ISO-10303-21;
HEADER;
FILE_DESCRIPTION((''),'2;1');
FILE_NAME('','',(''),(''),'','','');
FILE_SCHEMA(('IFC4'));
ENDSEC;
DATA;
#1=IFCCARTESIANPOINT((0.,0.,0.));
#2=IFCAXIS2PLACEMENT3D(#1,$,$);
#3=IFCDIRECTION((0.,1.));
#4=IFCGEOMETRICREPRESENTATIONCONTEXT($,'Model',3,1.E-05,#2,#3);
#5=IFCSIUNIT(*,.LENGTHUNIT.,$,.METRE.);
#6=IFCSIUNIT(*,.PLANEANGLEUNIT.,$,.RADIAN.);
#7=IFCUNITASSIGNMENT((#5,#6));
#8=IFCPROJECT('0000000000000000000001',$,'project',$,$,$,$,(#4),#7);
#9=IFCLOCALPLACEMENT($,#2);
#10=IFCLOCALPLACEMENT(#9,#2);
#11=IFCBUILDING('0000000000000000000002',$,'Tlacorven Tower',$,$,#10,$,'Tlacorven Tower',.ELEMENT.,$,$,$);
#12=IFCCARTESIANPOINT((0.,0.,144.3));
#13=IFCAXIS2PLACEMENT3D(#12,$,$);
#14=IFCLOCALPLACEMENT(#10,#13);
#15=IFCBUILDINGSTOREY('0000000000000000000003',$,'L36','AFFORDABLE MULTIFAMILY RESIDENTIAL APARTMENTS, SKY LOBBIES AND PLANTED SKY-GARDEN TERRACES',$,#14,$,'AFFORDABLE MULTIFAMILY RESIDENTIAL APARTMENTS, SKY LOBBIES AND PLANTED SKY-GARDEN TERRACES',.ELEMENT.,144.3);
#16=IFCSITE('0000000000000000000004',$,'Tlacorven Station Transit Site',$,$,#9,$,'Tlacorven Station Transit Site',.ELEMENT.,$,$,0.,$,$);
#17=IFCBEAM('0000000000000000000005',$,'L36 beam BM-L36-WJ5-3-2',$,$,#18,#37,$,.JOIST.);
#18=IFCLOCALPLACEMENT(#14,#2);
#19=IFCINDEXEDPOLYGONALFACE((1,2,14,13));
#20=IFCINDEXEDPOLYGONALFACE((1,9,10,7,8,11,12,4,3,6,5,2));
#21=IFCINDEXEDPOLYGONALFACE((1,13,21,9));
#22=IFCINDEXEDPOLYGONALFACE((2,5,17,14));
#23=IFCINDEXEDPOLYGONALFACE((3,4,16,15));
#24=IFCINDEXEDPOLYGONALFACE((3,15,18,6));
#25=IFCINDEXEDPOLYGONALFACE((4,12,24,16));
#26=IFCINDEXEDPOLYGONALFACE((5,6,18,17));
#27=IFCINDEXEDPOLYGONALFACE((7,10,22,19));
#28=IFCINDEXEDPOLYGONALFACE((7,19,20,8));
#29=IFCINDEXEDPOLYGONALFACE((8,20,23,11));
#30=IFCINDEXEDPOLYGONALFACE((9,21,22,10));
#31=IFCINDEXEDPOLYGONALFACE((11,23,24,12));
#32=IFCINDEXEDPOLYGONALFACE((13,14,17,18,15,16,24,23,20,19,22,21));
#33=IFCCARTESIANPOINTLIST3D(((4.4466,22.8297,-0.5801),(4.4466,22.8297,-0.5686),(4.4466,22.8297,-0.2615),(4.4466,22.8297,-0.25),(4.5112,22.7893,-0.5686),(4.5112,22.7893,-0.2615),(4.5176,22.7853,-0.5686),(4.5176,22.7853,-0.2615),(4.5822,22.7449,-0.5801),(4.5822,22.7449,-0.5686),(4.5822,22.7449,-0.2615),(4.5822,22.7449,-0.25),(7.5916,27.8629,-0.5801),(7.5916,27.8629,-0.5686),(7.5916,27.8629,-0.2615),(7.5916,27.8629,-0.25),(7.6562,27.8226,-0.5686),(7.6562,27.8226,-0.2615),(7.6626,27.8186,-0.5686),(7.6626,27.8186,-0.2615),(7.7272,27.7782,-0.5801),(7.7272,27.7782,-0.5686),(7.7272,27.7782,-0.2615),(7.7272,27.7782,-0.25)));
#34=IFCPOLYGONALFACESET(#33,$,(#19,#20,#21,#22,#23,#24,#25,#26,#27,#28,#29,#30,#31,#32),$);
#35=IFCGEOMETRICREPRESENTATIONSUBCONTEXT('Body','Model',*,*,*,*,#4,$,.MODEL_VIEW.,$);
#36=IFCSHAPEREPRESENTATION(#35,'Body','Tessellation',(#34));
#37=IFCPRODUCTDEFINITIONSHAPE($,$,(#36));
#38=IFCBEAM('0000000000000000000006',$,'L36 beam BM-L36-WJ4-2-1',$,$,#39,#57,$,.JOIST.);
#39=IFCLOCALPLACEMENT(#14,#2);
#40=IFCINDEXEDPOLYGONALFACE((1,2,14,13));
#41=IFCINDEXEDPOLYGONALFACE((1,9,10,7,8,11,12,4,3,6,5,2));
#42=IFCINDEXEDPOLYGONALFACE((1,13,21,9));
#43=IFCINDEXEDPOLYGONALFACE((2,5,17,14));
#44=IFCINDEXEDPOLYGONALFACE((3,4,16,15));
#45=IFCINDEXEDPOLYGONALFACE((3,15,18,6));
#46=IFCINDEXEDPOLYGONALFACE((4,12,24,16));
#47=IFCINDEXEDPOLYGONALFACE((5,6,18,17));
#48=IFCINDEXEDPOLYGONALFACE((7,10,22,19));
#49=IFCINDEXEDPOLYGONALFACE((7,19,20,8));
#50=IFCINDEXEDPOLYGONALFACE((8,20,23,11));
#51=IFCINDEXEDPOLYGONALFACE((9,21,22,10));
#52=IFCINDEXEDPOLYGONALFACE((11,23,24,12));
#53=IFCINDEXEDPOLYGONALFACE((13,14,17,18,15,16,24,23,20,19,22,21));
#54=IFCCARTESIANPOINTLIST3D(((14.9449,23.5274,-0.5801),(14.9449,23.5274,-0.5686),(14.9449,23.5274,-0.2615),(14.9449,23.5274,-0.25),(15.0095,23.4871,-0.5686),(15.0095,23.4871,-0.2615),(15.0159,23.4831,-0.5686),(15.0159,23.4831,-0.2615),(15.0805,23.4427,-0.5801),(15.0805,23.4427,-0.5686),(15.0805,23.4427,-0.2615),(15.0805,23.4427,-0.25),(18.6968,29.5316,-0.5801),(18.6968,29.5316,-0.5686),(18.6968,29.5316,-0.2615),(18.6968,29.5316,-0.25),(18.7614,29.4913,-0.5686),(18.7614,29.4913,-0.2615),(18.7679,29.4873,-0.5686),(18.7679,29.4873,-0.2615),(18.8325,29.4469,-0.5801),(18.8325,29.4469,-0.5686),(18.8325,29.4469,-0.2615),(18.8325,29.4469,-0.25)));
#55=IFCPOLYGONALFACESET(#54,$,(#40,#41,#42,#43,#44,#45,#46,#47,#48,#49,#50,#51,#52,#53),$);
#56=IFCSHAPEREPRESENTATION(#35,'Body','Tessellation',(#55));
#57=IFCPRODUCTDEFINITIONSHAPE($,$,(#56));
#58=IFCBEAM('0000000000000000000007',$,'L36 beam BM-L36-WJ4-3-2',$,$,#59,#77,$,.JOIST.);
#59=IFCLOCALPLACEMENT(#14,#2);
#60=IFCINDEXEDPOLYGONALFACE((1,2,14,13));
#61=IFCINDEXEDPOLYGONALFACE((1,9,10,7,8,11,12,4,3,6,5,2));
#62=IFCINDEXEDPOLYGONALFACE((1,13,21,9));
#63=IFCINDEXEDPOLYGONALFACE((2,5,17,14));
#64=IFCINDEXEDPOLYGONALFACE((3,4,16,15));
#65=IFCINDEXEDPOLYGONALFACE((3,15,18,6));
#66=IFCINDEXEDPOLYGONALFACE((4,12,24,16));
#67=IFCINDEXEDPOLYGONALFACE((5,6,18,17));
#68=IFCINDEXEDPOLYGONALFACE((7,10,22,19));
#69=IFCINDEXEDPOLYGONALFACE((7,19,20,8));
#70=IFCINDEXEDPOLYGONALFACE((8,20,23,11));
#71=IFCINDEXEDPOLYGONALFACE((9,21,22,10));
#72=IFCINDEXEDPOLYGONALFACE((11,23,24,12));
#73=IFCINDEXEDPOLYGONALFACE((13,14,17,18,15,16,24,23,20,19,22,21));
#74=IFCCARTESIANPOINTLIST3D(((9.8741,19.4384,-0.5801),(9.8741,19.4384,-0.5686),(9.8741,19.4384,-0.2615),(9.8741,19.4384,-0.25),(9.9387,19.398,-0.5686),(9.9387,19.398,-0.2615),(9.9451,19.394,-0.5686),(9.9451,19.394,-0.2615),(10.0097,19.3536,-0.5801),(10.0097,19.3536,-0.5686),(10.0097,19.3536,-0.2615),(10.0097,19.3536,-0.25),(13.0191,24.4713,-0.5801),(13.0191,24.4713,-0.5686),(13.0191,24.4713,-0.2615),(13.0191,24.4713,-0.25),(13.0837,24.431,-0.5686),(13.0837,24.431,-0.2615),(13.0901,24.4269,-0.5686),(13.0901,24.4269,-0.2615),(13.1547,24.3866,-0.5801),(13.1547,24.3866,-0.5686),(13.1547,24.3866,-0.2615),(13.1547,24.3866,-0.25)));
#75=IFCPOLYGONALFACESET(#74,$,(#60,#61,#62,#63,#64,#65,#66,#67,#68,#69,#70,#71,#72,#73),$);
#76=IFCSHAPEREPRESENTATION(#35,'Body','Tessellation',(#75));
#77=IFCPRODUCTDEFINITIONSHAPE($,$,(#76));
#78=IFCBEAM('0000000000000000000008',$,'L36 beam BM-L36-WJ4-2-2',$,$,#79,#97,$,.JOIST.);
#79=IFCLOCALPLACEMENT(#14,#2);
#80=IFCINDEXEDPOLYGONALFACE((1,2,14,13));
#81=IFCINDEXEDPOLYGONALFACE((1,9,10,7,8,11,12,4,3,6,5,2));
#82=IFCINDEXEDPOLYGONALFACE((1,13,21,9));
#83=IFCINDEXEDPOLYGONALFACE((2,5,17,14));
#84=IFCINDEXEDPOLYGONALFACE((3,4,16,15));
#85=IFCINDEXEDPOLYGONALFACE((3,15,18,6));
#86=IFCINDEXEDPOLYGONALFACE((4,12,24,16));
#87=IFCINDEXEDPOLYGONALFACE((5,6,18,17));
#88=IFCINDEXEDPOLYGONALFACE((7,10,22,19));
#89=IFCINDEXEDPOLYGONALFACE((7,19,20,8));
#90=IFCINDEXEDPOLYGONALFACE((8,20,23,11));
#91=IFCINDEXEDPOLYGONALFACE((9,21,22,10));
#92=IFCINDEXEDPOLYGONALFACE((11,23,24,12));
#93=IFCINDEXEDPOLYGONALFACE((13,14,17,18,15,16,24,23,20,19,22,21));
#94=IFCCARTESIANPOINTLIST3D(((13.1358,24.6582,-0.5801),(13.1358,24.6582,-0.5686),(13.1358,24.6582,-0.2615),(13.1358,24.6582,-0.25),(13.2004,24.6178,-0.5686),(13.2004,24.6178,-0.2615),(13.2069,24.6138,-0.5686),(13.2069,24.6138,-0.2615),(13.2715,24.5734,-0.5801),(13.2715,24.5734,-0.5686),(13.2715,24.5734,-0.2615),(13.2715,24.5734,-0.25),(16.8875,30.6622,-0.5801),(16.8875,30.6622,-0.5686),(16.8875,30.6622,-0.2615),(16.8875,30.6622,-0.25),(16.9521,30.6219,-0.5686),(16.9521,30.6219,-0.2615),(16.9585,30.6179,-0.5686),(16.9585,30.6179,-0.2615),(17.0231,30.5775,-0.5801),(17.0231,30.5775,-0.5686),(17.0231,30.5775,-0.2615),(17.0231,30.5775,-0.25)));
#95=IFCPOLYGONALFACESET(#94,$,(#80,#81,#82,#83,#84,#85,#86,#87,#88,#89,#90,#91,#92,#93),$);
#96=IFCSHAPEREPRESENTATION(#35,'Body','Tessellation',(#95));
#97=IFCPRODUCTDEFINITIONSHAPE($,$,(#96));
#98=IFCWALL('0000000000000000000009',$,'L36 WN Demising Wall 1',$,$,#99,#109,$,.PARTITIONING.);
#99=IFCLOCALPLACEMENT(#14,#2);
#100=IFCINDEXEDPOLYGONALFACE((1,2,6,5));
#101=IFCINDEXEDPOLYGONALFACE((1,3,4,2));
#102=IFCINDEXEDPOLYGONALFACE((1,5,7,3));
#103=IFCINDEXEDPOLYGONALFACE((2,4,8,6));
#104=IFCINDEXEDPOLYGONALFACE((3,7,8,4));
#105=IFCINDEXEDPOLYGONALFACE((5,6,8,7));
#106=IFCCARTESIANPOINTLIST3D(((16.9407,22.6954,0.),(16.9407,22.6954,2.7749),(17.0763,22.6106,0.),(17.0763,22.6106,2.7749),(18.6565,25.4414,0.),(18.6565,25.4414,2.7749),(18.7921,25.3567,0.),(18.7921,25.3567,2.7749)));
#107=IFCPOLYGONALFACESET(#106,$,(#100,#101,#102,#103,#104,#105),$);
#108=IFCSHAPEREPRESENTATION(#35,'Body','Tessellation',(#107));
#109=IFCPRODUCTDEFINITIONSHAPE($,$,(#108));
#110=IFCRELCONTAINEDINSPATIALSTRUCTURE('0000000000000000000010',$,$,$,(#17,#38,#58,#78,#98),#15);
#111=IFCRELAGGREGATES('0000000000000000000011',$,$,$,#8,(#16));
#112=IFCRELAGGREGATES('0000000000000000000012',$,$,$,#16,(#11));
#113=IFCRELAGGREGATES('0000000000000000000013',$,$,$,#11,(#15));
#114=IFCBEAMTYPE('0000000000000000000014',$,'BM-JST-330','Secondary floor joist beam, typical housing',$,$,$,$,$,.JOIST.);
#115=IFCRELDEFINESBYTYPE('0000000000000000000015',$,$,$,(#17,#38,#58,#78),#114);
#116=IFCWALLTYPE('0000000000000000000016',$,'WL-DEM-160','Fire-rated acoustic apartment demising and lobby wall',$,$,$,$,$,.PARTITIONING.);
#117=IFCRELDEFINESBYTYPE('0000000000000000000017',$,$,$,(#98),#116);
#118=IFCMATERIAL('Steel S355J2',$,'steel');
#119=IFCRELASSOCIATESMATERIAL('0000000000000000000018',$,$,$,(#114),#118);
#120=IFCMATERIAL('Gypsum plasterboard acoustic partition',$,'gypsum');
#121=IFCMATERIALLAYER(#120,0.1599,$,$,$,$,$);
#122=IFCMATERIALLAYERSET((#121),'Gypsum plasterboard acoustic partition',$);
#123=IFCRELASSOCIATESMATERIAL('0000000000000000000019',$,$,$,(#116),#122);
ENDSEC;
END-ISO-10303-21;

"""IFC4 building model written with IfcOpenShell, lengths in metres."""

from ifc_helpers import new_model, si_unit, direction, frame, frame_2d, origin, origin_2d, place, context, subcontext, project, spatial, rectangle, i_section, extrude, source, transform, mapped, material, layer, layer_set, material_profile, profile_set, type_object, element, save


model = new_model("IFC4")

# Units and contexts
model_context = context("Model", 3, precision=1e-05, world=origin(), true_north=direction((0.0, 1.0)))
body_context = subcontext(model_context, "Body", "Model", "MODEL_VIEW")
ifc_project = project(units=[si_unit("LENGTHUNIT", "METRE"), si_unit("PLANEANGLEUNIT", "RADIAN")], contexts=[model_context])

# Site, building, storey
site_placement = place(None, origin())
site = spatial("IfcSite", under=ifc_project, at=site_placement, Name="Tlacorven Station Transit Site", LongName="Tlacorven Station Transit Site", CompositionType="ELEMENT", RefElevation=0.0)
building_placement = place(site_placement, origin())
building = spatial("IfcBuilding", under=site, at=building_placement, Name="Tlacorven Tower", LongName="Tlacorven Tower", CompositionType="ELEMENT")
storey_placement = place(building_placement, frame((0.0, 0.0, 144.3)))
storey = spatial("IfcBuildingStorey", under=building, at=storey_placement, Name="L36", Description="AFFORDABLE MULTIFAMILY RESIDENTIAL APARTMENTS, SKY LOBBIES AND PLANTED SKY-GARDEN TERRACES", LongName="AFFORDABLE MULTIFAMILY RESIDENTIAL APARTMENTS, SKY LOBBIES AND PLANTED SKY-GARDEN TERRACES", CompositionType="ELEMENT", Elevation=144.3)

# Beams
ifc_material_1 = material(Name="Steel S355J2", Category="steel")
ifc_material_profile_1 = material_profile(ifc_material_1, i_section(OverallWidth=0.1599, OverallDepth=0.3301, WebThickness=0.0076, FlangeThickness=0.0115, at=origin_2d()), Name="IPE 330")
ifc_profile_set_1 = profile_set([ifc_material_profile_1], Name="Steel S355J2")
beam_type_1 = type_object("IfcBeamType", Name="BM-JST-330", Description="Secondary floor joist beam, typical housing", PredefinedType="JOIST", material=ifc_profile_set_1)
shared_shape_1 = source(origin(), body_context, "Body", "SweptSolid", [
    extrude(i_section(OverallWidth=0.1599, OverallDepth=0.3301, WebThickness=0.0076, FlangeThickness=0.0115, at=origin_2d()), origin(), (0.0, 0.0, 1.0), 5.9351),
])
for number, where, z_axis, x_axis, name in (
    (1, (7.6594, 27.8206, -0.415), (-0.52991, -0.848054, 0.0), (0.848054, -0.52991, 0.0), "L36 beam BM-L36-WJ5-3-2"),
):
    element("IfcBeam", number, at=place(storey_placement, frame(where, z_axis=z_axis, x_axis=x_axis)), inside=storey, type_object=beam_type_1, Name=name, PredefinedType="JOIST", context=body_context, shape_type="MappedRepresentation", body=[
        mapped(shared_shape_1, transform((0.0, 0.0, 0.0), scale=1.0)),
    ])
shared_shape_2 = source(origin(), body_context, "Body", "SweptSolid", [
    extrude(i_section(OverallWidth=0.1599, OverallDepth=0.3301, WebThickness=0.0076, FlangeThickness=0.0115, at=origin_2d()), origin(), (0.0, 0.0, 1.0), 7.0801),
])
beam_1_placement = place(storey_placement, frame((18.7646, 29.4893, -0.415), z_axis=(-0.529934, -0.848039, 0.0), x_axis=(0.848039, -0.529934, 0.0)))
element("IfcBeam", 2, at=beam_1_placement, inside=storey, type_object=beam_type_1, Name="L36 beam BM-L36-WJ4-2-1", PredefinedType="JOIST", context=body_context, shape_type="MappedRepresentation", body=[
    mapped(shared_shape_2, transform((0.0, 0.0, 0.0), scale=1.0)),
])
shared_shape_3 = source(origin(), body_context, "Body", "SweptSolid", [
    extrude(i_section(OverallWidth=0.1599, OverallDepth=0.3301, WebThickness=0.0076, FlangeThickness=0.0115, at=origin_2d()), origin(), (0.0, 0.0, 1.0), 5.9348),
])
beam_2_placement = place(storey_placement, frame((13.0869, 24.429, -0.415), z_axis=(-0.529929, -0.848042, 0.0), x_axis=(0.848042, -0.529929, 0.0)))
element("IfcBeam", 3, at=beam_2_placement, inside=storey, type_object=beam_type_1, Name="L36 beam BM-L36-WJ4-3-2", PredefinedType="JOIST", context=body_context, shape_type="MappedRepresentation", body=[
    mapped(shared_shape_3, transform((0.0, 0.0, 0.0), scale=1.0)),
])
shared_shape_4 = source(origin(), body_context, "Body", "SweptSolid", [
    extrude(i_section(OverallWidth=0.1599, OverallDepth=0.3301, WebThickness=0.0076, FlangeThickness=0.0115, at=origin_2d()), origin(), (0.0, 0.0, 1.0), 7.0798),
])
beam_3_placement = place(storey_placement, frame((16.9553, 30.6199, -0.415), z_axis=(-0.529909, -0.848054, 0.0), x_axis=(0.848054, -0.529909, 0.0)))
element("IfcBeam", 4, at=beam_3_placement, inside=storey, type_object=beam_type_1, Name="L36 beam BM-L36-WJ4-2-2", PredefinedType="JOIST", context=body_context, shape_type="MappedRepresentation", body=[
    mapped(shared_shape_4, transform((0.0, 0.0, 0.0), scale=1.0)),
])

# Wall
ifc_material_2 = material(Name="Gypsum plasterboard acoustic partition", Category="gypsum")
ifc_layer_1 = layer(ifc_material_2, 0.1599)
ifc_layer_set_1 = layer_set([ifc_layer_1], Name="Gypsum plasterboard acoustic partition")
wall_type_1 = type_object("IfcWallType", Name="WL-DEM-160", Description="Fire-rated acoustic apartment demising and lobby wall", PredefinedType="PARTITIONING", material=ifc_layer_set_1)
wall_1_placement = place(storey_placement, frame((18.7244, 25.3992, 0.0), z_axis=(0.0, 0.0, 1.0), x_axis=(-0.52989, -0.848066, 0.0)))
element("IfcWall", 5, at=wall_1_placement, inside=storey, type_object=wall_type_1, Name="L36 WN Demising Wall 1", PredefinedType="PARTITIONING", context=body_context, shape_type="SweptSolid", body=[
    extrude(rectangle(XDim=3.238, YDim=0.1599, at=frame_2d((1.6191, 0.0))), origin(), (0.0, 0.0, 1.0), 2.7749),
])

save(model, "model.ifc")
